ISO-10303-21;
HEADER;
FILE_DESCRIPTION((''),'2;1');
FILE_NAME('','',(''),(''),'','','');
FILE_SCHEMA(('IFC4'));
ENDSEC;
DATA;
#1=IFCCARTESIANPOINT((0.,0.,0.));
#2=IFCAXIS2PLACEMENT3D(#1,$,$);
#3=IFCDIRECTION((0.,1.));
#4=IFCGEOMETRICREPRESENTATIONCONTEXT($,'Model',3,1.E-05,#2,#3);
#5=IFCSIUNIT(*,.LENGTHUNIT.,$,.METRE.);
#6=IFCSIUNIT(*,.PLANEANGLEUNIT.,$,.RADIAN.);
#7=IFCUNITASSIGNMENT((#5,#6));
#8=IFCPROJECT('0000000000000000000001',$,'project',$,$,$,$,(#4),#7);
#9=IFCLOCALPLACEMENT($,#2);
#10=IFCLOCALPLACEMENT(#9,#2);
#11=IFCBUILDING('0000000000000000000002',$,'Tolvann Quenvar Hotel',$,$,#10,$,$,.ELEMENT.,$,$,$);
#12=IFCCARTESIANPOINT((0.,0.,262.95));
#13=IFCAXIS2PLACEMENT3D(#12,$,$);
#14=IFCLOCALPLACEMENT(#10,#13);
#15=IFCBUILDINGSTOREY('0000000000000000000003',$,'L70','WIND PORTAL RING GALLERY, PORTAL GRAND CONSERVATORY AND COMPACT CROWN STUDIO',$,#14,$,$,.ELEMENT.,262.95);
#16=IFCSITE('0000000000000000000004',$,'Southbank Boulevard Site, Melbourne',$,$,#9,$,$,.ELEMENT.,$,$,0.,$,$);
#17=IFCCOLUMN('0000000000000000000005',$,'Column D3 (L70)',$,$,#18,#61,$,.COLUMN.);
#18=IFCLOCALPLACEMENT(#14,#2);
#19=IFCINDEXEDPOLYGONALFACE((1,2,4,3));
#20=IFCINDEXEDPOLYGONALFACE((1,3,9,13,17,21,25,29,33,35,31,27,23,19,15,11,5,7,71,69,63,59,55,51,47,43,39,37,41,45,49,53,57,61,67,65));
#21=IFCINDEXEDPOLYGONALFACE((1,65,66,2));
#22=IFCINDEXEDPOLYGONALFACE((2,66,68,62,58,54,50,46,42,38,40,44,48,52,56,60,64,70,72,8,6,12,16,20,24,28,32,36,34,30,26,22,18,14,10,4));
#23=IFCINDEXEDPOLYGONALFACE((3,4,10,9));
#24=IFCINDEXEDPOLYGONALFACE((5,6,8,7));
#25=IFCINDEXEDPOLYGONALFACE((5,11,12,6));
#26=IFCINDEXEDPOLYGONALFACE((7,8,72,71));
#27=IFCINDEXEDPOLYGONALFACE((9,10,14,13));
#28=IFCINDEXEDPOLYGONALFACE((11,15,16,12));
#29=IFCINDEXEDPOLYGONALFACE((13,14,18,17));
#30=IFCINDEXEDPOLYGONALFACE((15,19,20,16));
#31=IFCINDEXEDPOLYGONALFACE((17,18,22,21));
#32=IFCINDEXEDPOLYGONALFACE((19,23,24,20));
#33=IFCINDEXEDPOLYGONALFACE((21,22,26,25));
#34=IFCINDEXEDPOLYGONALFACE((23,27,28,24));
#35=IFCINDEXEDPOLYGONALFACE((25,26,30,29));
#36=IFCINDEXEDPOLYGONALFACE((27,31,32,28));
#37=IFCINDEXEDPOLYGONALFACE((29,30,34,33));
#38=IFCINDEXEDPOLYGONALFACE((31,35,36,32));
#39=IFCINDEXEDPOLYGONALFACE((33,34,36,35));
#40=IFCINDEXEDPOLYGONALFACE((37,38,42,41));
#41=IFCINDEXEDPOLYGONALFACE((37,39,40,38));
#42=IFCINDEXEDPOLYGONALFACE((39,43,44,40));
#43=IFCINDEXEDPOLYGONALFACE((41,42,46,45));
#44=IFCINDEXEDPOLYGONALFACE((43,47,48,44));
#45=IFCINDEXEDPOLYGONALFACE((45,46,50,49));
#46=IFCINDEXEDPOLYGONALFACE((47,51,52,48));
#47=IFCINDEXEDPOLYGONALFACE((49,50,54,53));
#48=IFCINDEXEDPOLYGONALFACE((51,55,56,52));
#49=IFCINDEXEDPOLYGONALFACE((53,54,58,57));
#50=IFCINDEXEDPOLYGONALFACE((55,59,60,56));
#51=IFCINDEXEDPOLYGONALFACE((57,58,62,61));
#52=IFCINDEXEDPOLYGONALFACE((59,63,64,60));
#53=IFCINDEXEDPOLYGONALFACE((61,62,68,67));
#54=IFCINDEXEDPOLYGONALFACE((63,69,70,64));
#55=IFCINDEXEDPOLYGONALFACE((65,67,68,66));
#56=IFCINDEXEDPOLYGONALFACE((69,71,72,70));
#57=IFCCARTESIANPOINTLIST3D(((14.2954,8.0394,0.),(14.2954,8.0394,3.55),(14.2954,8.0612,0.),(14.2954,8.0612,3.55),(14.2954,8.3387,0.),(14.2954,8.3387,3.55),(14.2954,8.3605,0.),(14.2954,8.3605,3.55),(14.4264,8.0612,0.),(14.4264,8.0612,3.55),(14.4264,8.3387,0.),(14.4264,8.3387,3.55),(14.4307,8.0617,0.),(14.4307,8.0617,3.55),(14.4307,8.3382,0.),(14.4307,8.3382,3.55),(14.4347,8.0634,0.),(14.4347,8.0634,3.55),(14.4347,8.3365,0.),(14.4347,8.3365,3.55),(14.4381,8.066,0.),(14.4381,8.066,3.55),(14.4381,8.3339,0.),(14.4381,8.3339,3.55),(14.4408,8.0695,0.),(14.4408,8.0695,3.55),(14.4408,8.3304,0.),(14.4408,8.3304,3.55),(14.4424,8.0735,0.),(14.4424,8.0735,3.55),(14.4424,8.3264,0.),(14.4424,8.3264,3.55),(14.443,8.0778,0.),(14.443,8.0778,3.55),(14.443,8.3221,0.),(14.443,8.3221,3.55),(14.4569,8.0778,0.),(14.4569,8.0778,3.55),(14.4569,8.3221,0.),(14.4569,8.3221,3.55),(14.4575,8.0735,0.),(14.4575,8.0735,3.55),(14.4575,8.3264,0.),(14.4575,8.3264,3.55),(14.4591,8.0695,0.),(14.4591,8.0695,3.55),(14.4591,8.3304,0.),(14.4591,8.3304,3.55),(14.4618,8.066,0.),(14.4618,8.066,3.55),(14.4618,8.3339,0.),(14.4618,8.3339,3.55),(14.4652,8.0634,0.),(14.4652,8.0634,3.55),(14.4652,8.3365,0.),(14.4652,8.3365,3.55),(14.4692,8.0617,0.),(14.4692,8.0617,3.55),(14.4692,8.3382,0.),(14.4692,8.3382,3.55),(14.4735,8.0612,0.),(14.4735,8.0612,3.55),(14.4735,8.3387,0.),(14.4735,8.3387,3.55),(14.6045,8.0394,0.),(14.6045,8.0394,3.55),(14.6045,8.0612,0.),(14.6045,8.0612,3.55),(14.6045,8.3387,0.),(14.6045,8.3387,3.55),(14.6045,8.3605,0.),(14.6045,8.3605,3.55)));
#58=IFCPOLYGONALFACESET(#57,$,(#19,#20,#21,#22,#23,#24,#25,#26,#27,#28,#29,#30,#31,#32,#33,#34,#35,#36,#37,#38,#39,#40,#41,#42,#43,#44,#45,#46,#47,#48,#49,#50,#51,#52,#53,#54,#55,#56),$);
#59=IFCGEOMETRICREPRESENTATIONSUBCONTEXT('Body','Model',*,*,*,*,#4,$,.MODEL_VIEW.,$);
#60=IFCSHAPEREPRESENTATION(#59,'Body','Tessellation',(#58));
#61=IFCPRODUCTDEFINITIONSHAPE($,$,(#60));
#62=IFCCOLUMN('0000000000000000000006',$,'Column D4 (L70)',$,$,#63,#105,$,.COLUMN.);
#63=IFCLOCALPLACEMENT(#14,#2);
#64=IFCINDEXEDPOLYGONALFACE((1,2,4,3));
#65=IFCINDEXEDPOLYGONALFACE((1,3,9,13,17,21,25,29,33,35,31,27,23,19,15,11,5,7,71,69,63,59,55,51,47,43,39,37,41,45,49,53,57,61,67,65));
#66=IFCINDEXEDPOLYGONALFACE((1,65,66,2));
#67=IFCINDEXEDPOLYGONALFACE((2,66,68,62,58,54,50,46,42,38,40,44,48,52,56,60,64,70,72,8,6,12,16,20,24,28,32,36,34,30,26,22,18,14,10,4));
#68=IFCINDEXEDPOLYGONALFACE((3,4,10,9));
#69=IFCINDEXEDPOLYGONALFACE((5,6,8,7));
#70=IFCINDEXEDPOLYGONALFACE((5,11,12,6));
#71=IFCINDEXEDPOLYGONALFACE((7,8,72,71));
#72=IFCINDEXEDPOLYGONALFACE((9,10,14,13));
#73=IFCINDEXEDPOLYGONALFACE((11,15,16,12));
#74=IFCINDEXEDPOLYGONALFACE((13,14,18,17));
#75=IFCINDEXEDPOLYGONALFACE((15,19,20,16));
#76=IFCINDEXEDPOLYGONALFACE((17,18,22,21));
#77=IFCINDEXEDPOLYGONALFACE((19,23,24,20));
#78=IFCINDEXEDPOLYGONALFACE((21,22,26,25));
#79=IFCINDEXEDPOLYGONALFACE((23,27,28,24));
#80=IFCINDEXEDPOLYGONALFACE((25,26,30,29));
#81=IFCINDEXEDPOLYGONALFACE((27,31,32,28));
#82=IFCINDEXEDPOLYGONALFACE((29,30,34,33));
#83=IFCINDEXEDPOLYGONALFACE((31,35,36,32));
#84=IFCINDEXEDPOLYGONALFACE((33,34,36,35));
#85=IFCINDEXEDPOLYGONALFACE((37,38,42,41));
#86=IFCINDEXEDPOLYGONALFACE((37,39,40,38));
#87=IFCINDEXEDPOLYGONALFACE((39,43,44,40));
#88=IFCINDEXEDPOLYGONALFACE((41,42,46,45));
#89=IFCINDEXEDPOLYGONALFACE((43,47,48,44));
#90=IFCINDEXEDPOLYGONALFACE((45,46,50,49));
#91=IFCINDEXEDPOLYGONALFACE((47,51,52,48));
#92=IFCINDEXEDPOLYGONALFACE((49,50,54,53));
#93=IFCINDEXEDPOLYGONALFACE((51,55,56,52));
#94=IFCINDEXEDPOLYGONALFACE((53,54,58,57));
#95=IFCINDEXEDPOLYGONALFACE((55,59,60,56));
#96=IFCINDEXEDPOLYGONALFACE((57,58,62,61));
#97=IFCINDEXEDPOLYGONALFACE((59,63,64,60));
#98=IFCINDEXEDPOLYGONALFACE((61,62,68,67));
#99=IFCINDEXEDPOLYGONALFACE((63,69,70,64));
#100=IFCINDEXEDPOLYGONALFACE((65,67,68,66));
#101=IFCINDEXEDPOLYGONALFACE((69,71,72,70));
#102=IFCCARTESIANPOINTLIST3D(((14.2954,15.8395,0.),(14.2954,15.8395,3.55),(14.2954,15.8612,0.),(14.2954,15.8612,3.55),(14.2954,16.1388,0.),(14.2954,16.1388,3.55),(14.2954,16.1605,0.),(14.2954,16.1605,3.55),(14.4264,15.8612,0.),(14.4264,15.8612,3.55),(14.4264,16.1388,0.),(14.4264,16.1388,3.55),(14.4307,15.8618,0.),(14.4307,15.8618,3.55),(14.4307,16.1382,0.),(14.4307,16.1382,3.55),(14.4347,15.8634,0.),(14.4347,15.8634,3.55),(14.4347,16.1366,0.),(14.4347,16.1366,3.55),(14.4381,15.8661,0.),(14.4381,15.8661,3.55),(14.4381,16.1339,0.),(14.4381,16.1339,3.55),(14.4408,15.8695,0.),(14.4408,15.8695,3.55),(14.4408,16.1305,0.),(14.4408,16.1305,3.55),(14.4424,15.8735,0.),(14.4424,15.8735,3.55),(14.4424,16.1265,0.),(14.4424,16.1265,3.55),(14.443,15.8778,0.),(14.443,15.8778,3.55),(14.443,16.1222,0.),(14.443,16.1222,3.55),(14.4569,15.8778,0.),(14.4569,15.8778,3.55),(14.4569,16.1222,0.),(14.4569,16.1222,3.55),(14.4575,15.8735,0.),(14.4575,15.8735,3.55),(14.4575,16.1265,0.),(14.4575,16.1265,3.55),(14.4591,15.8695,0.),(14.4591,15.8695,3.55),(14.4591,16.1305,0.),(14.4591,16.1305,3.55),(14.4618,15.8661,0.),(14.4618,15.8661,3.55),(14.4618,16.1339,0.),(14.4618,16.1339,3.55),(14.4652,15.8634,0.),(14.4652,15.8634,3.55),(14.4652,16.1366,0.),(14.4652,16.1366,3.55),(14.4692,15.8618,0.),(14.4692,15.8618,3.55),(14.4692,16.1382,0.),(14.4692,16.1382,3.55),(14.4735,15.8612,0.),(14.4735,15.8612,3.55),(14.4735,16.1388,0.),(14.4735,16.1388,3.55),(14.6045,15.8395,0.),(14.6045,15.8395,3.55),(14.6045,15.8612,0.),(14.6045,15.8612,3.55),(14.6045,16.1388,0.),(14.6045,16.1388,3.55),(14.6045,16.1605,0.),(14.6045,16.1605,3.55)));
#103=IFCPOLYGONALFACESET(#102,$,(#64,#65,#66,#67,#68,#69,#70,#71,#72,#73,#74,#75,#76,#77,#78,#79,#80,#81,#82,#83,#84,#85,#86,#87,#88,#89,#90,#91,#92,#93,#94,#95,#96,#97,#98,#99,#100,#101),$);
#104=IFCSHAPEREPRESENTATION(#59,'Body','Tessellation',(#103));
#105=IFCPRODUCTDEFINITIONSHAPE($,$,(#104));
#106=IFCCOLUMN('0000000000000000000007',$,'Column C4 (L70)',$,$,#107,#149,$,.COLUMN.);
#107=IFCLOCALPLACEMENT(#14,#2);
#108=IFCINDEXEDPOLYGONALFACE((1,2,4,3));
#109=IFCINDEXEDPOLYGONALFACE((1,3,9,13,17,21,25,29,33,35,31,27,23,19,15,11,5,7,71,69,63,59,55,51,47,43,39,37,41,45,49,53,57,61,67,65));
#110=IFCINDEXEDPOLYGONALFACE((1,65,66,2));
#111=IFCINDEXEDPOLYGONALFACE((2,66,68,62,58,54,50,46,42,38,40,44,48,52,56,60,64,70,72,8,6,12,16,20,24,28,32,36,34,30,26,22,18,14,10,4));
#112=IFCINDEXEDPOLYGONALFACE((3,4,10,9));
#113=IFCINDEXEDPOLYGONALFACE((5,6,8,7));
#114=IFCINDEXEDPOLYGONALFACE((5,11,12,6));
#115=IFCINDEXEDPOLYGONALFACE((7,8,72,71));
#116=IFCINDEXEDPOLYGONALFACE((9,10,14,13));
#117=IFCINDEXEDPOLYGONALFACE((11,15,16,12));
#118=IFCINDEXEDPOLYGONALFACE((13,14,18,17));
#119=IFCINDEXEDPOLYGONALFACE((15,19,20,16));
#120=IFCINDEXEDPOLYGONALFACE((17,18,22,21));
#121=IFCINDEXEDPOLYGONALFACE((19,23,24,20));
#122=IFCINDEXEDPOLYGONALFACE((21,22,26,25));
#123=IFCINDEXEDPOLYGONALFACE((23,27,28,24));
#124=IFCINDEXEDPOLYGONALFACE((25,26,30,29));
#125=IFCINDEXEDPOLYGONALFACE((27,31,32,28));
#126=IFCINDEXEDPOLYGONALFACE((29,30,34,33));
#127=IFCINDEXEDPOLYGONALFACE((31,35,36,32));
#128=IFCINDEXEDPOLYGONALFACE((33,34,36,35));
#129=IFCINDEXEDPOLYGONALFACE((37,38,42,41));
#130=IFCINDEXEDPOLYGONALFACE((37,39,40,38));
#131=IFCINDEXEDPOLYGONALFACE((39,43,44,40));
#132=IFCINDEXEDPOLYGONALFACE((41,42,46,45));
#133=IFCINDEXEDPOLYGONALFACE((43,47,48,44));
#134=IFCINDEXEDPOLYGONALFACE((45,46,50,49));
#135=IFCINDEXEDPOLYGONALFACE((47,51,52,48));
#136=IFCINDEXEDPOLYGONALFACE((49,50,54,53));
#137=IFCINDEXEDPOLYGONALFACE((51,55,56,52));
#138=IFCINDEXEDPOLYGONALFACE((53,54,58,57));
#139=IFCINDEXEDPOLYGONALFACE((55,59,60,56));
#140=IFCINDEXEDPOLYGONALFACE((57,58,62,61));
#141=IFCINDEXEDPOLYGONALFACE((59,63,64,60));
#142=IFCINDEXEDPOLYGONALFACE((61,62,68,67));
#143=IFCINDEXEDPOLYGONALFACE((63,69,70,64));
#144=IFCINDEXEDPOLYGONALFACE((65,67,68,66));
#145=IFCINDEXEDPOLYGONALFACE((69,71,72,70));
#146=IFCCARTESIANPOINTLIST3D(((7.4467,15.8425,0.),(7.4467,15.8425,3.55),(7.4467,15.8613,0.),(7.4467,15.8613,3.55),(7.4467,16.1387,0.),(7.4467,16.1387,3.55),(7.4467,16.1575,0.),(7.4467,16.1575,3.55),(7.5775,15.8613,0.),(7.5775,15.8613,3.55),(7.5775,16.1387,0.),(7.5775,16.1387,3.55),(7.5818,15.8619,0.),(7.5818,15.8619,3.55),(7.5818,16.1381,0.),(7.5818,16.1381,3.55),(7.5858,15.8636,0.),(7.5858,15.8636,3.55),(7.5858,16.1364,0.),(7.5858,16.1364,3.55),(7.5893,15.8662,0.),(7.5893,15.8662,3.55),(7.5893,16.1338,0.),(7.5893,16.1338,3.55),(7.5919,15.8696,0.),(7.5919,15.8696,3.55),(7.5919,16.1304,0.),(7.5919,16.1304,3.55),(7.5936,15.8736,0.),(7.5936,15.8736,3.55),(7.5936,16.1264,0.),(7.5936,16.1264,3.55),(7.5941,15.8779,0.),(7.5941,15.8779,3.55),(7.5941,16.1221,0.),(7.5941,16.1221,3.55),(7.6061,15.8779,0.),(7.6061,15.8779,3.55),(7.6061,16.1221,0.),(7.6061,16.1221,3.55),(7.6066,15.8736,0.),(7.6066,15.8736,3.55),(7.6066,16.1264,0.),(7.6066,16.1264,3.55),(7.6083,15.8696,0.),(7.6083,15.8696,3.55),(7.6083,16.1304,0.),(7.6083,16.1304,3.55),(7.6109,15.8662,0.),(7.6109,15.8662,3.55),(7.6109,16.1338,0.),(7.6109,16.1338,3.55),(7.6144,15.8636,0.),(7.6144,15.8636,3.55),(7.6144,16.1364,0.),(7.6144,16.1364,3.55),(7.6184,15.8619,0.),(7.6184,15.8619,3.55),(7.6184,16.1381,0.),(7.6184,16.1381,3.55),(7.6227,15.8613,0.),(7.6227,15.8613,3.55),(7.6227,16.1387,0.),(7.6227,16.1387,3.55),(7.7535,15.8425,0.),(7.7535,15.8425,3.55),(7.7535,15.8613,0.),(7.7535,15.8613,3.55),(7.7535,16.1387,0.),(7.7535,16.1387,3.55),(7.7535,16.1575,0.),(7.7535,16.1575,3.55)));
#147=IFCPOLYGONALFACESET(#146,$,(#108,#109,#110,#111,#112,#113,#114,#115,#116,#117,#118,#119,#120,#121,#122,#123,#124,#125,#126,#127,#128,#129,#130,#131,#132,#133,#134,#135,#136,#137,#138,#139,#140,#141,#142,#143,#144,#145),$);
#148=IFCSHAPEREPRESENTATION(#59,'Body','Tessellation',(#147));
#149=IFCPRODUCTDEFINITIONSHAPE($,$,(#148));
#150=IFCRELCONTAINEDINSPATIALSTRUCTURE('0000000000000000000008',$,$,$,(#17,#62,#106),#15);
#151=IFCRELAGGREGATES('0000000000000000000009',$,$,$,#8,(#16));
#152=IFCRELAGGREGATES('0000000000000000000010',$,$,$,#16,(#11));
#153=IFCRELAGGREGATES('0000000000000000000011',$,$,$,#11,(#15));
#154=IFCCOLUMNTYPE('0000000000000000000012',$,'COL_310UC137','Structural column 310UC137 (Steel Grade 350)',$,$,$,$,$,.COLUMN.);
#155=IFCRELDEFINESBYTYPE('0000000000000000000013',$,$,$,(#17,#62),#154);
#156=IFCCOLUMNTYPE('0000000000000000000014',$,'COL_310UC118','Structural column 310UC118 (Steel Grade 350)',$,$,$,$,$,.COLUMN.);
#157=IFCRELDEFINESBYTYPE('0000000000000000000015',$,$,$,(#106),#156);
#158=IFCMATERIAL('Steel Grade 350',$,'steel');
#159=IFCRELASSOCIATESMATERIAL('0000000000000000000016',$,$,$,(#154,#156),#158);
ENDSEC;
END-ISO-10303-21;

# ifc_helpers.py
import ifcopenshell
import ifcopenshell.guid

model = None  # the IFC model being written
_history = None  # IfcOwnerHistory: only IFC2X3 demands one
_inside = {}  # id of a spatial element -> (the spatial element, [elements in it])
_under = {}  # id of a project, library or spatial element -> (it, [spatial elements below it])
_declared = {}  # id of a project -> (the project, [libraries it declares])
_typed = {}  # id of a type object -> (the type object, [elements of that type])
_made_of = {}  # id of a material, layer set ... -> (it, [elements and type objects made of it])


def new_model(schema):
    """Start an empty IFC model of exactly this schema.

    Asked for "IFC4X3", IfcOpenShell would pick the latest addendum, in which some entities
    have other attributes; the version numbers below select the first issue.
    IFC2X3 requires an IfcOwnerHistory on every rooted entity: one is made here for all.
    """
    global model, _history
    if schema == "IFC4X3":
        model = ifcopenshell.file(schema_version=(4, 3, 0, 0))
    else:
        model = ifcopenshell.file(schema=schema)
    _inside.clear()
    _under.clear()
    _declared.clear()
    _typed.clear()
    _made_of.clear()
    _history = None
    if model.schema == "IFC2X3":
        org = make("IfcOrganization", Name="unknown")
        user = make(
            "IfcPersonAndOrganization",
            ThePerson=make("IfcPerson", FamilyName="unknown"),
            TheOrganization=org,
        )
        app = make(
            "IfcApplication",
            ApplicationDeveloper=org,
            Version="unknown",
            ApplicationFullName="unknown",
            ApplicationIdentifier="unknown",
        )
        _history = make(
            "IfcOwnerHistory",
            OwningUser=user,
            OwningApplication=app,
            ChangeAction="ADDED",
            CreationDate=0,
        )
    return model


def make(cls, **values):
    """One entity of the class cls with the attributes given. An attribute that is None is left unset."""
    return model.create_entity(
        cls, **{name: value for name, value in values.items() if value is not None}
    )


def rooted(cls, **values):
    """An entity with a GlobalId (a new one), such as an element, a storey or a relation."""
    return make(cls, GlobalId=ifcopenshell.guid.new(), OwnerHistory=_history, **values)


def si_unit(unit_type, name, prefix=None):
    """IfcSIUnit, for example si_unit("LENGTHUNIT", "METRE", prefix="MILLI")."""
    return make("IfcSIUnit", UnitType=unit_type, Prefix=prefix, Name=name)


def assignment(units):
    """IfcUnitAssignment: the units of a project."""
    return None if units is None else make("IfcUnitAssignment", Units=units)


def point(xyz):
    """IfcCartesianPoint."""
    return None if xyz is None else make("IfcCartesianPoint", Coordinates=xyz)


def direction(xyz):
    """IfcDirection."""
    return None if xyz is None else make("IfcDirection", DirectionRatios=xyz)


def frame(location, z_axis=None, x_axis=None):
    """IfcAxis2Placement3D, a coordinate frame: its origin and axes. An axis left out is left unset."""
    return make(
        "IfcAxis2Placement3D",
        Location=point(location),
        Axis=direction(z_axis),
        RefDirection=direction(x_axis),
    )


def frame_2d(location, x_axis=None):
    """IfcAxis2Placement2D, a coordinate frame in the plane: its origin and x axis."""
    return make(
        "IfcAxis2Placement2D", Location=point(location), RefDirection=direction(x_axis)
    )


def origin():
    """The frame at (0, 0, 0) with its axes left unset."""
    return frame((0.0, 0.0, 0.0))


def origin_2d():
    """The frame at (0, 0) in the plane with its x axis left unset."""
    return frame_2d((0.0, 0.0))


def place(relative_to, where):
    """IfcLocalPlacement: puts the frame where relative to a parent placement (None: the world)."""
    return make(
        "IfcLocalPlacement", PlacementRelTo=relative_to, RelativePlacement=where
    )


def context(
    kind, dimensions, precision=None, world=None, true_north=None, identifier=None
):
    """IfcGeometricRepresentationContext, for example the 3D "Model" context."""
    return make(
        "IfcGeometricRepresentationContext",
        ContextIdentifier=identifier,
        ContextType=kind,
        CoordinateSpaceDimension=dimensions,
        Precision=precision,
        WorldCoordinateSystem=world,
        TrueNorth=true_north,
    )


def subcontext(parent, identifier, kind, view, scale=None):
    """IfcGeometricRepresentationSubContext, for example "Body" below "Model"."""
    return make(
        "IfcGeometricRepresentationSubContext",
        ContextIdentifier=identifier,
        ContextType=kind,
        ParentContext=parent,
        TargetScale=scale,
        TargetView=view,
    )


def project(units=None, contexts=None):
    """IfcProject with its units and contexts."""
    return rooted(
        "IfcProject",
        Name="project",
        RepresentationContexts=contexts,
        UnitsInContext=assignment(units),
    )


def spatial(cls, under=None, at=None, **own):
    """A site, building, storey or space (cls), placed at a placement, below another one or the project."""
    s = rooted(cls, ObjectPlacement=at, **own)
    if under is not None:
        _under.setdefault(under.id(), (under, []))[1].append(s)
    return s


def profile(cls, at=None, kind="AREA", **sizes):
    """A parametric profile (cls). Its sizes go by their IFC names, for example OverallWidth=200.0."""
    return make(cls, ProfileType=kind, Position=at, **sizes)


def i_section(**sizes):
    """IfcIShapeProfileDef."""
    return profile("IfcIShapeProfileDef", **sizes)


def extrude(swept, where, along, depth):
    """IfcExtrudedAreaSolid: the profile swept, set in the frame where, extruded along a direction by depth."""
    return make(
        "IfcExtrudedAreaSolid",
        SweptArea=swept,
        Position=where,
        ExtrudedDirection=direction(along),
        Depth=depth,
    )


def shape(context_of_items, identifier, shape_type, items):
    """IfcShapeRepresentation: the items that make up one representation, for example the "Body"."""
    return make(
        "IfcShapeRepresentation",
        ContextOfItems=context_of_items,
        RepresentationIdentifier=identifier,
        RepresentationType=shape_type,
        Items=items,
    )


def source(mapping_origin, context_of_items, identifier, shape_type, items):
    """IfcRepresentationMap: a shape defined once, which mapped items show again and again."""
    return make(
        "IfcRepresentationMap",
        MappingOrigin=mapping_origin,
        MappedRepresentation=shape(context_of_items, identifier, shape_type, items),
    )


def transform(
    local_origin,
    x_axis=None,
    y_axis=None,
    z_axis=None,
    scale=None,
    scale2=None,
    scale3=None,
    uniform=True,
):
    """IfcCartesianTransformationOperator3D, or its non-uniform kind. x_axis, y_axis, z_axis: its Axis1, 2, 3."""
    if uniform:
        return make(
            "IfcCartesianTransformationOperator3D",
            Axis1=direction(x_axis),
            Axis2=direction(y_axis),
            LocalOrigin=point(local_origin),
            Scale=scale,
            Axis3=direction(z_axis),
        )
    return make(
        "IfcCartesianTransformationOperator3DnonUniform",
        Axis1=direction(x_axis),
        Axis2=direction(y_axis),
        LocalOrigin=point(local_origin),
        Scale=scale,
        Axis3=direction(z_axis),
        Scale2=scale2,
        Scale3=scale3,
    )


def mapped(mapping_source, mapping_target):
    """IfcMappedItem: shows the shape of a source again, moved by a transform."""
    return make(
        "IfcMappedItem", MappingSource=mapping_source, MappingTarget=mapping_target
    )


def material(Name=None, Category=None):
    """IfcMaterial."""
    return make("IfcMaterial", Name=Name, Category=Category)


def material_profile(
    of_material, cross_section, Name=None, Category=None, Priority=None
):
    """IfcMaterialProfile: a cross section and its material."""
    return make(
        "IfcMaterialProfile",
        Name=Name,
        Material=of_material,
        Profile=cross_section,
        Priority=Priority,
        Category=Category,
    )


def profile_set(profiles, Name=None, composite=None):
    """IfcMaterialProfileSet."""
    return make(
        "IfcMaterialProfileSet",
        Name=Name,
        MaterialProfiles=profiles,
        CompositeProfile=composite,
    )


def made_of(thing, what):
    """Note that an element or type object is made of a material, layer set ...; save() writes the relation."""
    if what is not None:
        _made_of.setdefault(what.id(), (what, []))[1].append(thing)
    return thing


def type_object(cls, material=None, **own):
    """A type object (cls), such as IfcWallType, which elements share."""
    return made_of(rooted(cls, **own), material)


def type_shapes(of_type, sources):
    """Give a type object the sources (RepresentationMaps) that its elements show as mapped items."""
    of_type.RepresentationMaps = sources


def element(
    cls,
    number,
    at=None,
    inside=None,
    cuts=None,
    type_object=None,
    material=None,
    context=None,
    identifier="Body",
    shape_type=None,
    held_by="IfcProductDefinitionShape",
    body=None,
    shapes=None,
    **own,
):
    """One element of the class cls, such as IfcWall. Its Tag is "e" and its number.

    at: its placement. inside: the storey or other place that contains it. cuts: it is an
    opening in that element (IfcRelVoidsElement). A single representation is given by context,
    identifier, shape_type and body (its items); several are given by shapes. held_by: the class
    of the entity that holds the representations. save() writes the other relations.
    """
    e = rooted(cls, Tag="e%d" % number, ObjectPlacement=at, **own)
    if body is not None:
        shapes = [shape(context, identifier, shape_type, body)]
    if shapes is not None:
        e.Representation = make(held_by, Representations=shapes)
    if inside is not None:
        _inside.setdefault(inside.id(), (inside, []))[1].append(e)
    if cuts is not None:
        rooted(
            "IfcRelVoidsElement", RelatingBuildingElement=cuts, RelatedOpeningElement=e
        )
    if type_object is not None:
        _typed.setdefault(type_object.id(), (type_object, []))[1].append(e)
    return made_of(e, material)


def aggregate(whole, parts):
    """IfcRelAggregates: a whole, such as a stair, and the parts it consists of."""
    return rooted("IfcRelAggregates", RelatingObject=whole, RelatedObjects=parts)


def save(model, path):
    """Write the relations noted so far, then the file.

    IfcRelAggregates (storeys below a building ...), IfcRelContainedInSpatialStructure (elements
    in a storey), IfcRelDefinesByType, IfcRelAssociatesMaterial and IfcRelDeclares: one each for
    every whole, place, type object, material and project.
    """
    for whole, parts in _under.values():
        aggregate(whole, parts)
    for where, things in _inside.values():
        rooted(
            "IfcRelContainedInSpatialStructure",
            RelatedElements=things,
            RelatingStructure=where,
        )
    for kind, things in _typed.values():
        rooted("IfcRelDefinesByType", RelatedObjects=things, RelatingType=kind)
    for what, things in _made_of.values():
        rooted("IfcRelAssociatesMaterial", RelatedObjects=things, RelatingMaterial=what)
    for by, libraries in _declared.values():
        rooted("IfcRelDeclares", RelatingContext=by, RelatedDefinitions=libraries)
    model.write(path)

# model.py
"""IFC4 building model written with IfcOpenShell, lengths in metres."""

from ifc_helpers import new_model, si_unit, direction, frame, origin, origin_2d, place, context, subcontext, project, spatial, i_section, extrude, source, transform, mapped, material, material_profile, profile_set, type_object, type_shapes, element, save


model = new_model("IFC4")

# Units and contexts
model_context = context("Model", 3, precision=1e-05, world=origin(), true_north=direction((0.0, 1.0)))
body_context = subcontext(model_context, "Body", "Model", "MODEL_VIEW")
ifc_project = project(units=[si_unit("LENGTHUNIT", "METRE"), si_unit("PLANEANGLEUNIT", "RADIAN")], contexts=[model_context])

# Site, building, storey
site_placement = place(None, origin())
site = spatial("IfcSite", under=ifc_project, at=site_placement, Name="Southbank Boulevard Site, Melbourne", CompositionType="ELEMENT", RefElevation=0.0)
building_placement = place(site_placement, origin())
building = spatial("IfcBuilding", under=site, at=building_placement, Name="Tolvann Quenvar Hotel", CompositionType="ELEMENT")
storey_placement = place(building_placement, frame((0.0, 0.0, 262.95)))
storey = spatial("IfcBuildingStorey", under=building, at=storey_placement, Name="L70", Description="WIND PORTAL RING GALLERY, PORTAL GRAND CONSERVATORY AND COMPACT CROWN STUDIO", CompositionType="ELEMENT", Elevation=262.95)

# Columns
ifc_material_1 = material(Name="Steel Grade 350", Category="steel")
ifc_material_profile_1 = material_profile(ifc_material_1, i_section(OverallWidth=0.3091, OverallDepth=0.321, WebThickness=0.0139, FlangeThickness=0.0217, FilletRadius=0.0166, at=origin_2d()), Name="310UC137")
ifc_profile_set_1 = profile_set([ifc_material_profile_1], Name="Steel Grade 350")
column_type_1 = type_object("IfcColumnType", Name="COL_310UC137", Description="Structural column 310UC137 (Steel Grade 350)", PredefinedType="COLUMN", material=ifc_profile_set_1)
shared_shape_1 = source(origin(), body_context, "Body", "SweptSolid", [
    extrude(i_section(OverallWidth=0.3091, OverallDepth=0.321, WebThickness=0.0139, FlangeThickness=0.0217, FilletRadius=0.0166, at=origin_2d()), origin(), (0.0, 0.0, 1.0), 3.55),
])
type_shapes(column_type_1, [shared_shape_1])
for number, where, z_axis, x_axis, name in (
    (1, (14.45, 8.2, 0.0), (0.0, 0.0, 1.0), (1.0, 0.0, 0.0), "Column D3 (L70)"),
    (2, (14.45, 16.0, 0.0), (0.0, 0.0, 1.0), (1.0, 0.0, 0.0), "Column D4 (L70)"),
):
    element("IfcColumn", number, at=place(storey_placement, frame(where, z_axis=z_axis, x_axis=x_axis)), inside=storey, type_object=column_type_1, Name=name, PredefinedType="COLUMN", context=body_context, shape_type="MappedRepresentation", body=[
        mapped(shared_shape_1, transform((0.0, 0.0, 0.0), x_axis=(1.0, 0.0, 0.0), y_axis=(0.0, 1.0, 0.0), z_axis=(0.0, 0.0, 1.0), scale=1.0)),
    ])
ifc_material_profile_2 = material_profile(ifc_material_1, i_section(OverallWidth=0.3069, OverallDepth=0.3149, WebThickness=0.012, FlangeThickness=0.0188, FilletRadius=0.0166, at=origin_2d()), Name="310UC118")
ifc_profile_set_2 = profile_set([ifc_material_profile_2], Name="Steel Grade 350")
column_type_2 = type_object("IfcColumnType", Name="COL_310UC118", Description="Structural column 310UC118 (Steel Grade 350)", PredefinedType="COLUMN", material=ifc_profile_set_2)
shared_shape_2 = source(origin(), body_context, "Body", "SweptSolid", [
    extrude(i_section(OverallWidth=0.3069, OverallDepth=0.3149, WebThickness=0.012, FlangeThickness=0.0188, FilletRadius=0.0166, at=origin_2d()), origin(), (0.0, 0.0, 1.0), 3.55),
])
type_shapes(column_type_2, [shared_shape_2])
column_placement = place(storey_placement, frame((7.6001, 16.0, 0.0), z_axis=(0.0, 0.0, 1.0), x_axis=(1.0, 0.0, 0.0)))
element("IfcColumn", 3, at=column_placement, inside=storey, type_object=column_type_2, Name="Column C4 (L70)", PredefinedType="COLUMN", context=body_context, shape_type="MappedRepresentation", body=[
    mapped(shared_shape_2, transform((0.0, 0.0, 0.0), x_axis=(1.0, 0.0, 0.0), y_axis=(0.0, 1.0, 0.0), z_axis=(0.0, 0.0, 1.0), scale=1.0)),
])

save(model, "model.ifc")
